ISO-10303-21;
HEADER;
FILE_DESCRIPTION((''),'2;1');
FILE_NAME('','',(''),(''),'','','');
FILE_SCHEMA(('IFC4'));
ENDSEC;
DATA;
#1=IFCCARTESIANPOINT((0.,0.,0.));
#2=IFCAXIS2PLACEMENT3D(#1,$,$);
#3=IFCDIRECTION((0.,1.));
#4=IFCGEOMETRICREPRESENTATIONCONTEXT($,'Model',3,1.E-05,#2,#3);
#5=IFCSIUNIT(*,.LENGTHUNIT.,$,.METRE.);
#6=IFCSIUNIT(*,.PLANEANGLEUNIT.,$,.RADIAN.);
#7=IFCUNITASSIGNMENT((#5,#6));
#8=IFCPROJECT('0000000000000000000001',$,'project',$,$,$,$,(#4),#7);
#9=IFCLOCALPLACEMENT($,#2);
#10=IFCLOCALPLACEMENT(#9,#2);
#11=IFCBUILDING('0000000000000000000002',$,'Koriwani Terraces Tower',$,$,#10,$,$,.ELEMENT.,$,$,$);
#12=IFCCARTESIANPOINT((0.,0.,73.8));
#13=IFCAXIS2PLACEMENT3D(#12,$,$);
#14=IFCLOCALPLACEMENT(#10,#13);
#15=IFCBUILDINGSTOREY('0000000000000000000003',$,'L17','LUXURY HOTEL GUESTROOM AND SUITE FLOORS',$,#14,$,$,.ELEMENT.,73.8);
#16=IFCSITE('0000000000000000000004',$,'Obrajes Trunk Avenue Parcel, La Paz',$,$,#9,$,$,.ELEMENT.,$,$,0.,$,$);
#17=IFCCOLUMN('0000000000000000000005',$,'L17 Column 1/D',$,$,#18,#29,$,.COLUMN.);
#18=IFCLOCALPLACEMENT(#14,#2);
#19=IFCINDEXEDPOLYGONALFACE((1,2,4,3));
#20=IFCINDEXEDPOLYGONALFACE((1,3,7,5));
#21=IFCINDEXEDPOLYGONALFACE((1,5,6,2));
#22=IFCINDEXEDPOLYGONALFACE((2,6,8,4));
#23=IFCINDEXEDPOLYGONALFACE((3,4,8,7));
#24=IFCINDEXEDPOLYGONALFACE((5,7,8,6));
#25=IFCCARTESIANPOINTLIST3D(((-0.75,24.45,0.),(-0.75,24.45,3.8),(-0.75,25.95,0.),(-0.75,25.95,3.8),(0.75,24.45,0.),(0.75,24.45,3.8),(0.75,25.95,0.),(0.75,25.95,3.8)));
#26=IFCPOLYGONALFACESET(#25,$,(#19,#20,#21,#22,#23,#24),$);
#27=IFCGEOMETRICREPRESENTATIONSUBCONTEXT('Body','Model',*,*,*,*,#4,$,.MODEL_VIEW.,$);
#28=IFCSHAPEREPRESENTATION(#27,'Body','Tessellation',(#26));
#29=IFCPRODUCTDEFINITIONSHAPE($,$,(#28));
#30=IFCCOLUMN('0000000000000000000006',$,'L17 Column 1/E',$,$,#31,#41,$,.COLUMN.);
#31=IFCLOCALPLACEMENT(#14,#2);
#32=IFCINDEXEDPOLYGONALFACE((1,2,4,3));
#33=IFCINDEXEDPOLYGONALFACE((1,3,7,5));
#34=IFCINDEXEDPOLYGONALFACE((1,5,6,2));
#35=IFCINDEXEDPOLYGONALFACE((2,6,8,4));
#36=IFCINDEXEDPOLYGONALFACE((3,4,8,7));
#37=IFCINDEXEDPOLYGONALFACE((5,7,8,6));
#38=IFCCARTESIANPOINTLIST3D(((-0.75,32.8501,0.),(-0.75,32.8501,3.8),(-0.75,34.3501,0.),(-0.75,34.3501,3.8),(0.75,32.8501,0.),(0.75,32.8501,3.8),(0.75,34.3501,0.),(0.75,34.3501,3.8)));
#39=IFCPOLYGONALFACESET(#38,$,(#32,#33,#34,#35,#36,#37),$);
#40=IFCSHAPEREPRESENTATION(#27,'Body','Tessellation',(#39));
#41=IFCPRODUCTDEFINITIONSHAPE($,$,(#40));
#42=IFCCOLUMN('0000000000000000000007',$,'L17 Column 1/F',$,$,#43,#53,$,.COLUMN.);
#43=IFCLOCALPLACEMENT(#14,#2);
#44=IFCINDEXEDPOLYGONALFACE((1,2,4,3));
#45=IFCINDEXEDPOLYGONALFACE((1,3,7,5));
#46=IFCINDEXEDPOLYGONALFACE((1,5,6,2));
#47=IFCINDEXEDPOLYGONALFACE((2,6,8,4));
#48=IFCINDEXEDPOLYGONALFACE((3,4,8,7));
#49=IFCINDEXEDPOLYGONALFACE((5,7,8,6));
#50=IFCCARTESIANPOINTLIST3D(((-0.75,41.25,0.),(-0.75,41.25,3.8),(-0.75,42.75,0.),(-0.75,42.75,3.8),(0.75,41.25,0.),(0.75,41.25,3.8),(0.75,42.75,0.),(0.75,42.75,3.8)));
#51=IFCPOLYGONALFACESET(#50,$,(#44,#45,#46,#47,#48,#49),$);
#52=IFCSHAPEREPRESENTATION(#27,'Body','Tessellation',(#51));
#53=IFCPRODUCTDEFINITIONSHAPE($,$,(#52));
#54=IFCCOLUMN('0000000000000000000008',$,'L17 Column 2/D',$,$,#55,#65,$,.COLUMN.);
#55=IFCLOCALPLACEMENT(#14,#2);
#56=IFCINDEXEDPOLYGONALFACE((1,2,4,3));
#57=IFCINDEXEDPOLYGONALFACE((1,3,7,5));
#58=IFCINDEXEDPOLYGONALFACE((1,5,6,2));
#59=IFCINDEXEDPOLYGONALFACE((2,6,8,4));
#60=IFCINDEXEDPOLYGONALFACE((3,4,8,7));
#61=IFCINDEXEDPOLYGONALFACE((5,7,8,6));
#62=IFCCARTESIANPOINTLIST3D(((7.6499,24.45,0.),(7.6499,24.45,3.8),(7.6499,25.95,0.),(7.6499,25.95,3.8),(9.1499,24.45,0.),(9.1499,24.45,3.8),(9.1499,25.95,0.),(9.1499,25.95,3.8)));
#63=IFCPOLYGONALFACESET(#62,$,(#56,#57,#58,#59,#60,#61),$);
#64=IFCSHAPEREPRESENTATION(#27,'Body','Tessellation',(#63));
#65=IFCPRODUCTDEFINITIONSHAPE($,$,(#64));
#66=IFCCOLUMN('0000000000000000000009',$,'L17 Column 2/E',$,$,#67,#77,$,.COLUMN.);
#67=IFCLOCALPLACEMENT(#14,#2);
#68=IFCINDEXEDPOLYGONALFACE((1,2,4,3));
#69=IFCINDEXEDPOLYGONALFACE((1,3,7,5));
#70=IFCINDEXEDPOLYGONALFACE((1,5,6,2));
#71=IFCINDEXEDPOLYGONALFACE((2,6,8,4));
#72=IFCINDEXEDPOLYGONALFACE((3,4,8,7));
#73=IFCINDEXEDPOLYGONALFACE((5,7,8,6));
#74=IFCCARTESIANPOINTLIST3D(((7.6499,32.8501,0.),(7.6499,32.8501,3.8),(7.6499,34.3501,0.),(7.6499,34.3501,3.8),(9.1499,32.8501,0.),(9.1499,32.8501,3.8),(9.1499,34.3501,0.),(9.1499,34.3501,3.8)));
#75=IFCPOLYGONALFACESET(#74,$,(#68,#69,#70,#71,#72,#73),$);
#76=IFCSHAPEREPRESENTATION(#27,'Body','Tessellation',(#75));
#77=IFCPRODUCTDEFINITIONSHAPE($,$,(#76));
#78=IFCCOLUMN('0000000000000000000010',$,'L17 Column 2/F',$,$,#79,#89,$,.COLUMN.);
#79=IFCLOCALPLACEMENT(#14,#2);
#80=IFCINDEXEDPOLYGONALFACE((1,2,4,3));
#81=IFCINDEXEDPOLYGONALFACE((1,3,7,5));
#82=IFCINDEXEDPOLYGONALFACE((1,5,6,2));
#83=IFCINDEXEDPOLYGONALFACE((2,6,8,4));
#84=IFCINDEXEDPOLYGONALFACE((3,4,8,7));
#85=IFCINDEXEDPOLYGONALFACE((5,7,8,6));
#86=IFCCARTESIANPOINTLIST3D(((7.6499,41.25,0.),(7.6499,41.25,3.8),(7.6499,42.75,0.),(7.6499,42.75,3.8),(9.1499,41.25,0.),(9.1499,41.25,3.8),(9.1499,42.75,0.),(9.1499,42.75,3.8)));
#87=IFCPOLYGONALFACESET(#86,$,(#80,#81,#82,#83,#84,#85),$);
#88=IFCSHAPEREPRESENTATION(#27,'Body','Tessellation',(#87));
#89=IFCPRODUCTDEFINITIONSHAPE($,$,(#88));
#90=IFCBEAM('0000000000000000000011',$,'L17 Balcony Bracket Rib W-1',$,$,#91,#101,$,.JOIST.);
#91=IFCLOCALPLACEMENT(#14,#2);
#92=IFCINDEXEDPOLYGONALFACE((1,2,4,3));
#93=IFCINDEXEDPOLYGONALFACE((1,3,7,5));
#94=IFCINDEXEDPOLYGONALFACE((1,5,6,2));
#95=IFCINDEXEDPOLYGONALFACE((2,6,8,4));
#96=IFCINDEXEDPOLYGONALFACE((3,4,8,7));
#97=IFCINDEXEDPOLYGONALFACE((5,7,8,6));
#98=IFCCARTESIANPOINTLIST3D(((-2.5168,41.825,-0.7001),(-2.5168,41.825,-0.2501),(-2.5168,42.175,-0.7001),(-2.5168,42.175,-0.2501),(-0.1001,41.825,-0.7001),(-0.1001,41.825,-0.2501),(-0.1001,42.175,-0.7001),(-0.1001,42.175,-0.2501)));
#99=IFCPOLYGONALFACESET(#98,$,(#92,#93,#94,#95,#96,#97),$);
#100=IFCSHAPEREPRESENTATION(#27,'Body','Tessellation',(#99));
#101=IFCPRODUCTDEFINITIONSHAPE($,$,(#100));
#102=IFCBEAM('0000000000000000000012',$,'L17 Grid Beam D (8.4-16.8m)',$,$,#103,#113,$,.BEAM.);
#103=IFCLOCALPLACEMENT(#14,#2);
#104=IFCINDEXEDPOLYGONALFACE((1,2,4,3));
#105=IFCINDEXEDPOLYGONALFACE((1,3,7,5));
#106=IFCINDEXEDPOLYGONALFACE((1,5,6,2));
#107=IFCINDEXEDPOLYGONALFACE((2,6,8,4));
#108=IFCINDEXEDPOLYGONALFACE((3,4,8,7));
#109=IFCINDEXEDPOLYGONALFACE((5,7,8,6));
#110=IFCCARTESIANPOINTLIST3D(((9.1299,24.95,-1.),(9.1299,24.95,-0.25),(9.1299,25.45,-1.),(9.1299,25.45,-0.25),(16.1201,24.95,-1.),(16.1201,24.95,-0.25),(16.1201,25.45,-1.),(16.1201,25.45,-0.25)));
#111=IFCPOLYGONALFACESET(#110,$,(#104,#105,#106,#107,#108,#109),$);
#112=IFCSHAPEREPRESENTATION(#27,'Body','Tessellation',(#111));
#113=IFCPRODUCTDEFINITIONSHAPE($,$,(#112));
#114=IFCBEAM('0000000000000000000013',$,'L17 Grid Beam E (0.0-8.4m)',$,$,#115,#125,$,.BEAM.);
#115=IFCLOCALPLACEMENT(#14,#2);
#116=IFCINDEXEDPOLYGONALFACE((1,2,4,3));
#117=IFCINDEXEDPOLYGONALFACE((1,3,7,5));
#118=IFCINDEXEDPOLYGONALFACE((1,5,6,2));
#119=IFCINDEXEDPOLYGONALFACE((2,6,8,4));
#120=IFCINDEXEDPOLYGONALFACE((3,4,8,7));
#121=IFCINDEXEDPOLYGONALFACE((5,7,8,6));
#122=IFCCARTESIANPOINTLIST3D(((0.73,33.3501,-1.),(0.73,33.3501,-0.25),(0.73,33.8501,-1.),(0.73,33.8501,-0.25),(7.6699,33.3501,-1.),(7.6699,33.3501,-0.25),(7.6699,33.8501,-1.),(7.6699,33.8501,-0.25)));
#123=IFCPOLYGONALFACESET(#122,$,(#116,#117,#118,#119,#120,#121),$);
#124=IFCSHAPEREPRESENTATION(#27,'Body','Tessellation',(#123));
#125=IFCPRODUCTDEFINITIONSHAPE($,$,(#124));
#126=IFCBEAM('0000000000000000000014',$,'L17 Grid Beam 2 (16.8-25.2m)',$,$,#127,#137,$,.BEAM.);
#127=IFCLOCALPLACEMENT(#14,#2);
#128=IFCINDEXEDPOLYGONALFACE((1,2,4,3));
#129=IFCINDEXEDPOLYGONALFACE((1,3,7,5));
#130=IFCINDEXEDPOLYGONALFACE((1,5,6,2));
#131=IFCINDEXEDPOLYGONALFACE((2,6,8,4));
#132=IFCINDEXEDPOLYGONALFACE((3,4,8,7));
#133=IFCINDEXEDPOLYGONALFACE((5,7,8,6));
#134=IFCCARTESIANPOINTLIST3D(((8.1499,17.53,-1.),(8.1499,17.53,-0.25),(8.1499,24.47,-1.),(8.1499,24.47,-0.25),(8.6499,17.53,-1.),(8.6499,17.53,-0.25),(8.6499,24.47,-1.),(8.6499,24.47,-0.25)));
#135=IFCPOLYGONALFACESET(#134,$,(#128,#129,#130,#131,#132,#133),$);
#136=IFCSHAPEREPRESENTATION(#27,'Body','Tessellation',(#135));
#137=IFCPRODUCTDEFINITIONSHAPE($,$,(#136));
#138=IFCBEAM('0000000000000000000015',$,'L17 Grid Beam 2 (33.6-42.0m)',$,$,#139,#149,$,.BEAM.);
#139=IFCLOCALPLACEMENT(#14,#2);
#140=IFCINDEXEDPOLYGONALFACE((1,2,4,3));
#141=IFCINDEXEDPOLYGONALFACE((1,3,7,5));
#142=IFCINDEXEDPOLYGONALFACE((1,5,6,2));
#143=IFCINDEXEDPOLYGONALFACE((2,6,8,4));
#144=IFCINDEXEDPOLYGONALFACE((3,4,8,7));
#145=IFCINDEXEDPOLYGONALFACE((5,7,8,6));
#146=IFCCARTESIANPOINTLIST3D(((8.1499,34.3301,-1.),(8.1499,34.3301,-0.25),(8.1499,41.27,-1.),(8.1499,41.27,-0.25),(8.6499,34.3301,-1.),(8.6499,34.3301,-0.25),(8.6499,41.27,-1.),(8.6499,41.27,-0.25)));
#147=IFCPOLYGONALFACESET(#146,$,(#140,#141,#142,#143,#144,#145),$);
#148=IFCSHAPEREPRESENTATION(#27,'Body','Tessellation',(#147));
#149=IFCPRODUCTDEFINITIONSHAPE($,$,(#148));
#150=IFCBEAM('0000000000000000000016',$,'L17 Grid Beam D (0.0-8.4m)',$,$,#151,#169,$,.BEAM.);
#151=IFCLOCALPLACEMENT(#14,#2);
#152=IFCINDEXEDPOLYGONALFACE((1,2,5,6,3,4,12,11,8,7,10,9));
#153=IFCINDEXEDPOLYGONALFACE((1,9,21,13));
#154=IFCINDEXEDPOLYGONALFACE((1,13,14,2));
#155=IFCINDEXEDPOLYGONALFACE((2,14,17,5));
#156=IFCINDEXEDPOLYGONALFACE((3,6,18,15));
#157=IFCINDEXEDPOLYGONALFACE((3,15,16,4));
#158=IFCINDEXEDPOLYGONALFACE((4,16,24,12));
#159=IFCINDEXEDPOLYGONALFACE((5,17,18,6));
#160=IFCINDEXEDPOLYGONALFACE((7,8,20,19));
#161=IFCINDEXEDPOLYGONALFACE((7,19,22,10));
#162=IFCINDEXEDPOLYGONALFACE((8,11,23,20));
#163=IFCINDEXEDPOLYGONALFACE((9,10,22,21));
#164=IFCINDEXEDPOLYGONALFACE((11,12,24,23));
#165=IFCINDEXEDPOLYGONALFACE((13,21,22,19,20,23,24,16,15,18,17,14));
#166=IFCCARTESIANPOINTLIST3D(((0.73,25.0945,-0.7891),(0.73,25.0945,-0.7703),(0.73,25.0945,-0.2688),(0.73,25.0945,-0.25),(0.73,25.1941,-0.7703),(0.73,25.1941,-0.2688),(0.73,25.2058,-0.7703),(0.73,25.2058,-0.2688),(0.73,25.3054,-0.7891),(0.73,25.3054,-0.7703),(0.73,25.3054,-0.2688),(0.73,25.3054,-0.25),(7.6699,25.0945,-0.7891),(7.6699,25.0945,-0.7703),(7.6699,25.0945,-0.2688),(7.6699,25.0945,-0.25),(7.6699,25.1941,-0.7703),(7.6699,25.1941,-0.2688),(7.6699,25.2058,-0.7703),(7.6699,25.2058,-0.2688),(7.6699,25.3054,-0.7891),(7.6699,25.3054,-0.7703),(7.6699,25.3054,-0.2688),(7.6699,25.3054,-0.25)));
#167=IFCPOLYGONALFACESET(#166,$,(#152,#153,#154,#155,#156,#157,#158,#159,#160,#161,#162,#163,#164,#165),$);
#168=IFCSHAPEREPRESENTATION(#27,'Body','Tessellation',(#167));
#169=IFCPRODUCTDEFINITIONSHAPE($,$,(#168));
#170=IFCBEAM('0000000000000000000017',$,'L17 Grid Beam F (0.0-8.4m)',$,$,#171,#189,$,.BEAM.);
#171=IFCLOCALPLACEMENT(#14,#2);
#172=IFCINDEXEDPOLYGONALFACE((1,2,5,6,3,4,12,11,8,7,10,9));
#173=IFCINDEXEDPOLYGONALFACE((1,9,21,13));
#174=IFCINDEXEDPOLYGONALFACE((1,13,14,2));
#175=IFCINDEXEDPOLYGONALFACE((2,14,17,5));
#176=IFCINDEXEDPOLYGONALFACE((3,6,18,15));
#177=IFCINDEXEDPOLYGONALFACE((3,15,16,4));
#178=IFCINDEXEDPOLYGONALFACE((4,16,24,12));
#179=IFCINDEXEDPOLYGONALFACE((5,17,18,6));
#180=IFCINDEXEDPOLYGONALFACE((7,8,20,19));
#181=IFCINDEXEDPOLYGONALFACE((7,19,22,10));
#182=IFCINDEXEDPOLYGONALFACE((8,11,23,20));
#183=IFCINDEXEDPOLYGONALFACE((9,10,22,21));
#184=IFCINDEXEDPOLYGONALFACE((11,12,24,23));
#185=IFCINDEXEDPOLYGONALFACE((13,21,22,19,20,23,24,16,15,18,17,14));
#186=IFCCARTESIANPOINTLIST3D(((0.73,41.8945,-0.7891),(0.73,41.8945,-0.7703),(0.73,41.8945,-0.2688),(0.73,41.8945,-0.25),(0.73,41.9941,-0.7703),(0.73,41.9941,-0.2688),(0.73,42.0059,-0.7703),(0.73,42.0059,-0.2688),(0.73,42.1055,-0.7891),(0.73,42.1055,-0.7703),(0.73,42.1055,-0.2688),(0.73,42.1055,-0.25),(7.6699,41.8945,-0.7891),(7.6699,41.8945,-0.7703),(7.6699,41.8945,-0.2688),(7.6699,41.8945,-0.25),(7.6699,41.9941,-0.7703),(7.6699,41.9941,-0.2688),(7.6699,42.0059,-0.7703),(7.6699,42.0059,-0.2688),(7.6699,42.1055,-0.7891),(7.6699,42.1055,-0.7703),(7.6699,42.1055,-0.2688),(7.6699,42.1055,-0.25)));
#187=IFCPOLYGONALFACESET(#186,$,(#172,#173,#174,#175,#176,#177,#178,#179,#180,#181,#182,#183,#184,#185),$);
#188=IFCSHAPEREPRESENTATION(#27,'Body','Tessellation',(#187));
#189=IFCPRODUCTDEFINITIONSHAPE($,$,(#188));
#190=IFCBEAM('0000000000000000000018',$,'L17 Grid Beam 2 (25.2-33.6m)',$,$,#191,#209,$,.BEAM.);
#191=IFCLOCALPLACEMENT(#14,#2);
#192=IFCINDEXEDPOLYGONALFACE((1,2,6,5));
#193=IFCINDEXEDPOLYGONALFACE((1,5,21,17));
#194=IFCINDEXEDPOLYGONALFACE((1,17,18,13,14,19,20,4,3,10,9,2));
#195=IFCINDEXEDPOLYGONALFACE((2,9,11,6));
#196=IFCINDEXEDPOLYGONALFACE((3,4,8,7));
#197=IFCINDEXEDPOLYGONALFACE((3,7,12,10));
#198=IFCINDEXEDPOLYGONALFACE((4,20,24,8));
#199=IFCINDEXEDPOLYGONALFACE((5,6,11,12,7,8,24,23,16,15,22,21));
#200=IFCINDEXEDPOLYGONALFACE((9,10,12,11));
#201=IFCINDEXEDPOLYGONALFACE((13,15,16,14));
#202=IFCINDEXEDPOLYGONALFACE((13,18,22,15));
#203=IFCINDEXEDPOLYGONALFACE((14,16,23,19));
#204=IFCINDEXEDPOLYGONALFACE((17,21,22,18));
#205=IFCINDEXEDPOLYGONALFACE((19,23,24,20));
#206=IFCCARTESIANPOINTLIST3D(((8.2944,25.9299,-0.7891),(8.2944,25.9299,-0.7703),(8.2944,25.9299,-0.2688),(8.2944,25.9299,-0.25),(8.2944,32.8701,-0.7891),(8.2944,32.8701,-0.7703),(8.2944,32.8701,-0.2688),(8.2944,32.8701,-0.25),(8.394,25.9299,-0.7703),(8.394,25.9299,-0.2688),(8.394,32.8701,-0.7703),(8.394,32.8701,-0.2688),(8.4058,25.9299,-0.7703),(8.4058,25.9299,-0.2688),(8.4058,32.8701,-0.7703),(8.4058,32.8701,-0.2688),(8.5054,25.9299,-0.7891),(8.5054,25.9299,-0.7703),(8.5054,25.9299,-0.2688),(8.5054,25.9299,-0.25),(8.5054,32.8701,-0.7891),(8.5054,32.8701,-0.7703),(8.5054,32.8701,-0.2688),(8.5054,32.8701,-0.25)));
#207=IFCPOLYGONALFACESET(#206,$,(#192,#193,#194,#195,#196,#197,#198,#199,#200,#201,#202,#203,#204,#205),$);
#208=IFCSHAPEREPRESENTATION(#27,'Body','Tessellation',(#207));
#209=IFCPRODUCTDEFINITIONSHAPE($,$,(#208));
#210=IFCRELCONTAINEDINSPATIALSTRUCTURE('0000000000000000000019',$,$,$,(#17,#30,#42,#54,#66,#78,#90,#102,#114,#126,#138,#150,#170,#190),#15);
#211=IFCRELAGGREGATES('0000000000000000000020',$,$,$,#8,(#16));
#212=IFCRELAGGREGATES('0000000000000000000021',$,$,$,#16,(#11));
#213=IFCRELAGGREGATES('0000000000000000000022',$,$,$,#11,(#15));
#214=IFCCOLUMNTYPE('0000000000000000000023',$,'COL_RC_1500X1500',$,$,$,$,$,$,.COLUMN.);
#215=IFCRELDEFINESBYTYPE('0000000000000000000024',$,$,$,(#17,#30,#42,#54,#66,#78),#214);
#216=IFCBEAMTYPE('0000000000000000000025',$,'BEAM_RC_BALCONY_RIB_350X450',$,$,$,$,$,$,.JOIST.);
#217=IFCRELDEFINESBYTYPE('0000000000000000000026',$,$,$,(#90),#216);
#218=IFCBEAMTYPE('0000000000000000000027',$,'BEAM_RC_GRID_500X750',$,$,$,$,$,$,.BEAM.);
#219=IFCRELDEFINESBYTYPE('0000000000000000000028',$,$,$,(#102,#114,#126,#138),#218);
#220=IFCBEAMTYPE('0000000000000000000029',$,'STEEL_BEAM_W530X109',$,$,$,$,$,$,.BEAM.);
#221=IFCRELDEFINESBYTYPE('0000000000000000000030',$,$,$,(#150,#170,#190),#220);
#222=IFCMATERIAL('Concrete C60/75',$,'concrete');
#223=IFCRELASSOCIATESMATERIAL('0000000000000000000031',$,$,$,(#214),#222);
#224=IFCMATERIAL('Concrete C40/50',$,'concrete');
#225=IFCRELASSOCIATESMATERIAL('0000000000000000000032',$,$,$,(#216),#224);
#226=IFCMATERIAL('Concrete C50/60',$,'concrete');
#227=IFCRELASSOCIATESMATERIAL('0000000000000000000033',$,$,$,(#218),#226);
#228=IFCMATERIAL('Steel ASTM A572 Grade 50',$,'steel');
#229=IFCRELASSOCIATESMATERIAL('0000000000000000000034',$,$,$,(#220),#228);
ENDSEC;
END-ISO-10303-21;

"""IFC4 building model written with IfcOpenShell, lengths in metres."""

from ifc_helpers import new_model, si_unit, direction, frame, origin, origin_2d, place, context, subcontext, project, spatial, rectangle, i_section, extrude, material, material_profile, profile_set, type_object, element, save


model = new_model("IFC4")

# Units and contexts
model_context = context("Model", 3, precision=1e-05, world=origin(), true_north=direction((0.0, 1.0)))
body_context = subcontext(model_context, "Body", "Model", "MODEL_VIEW")
ifc_project = project(units=[si_unit("LENGTHUNIT", "METRE"), si_unit("PLANEANGLEUNIT", "RADIAN")], contexts=[model_context])

# Site, building, storey
site_placement = place(None, origin())
site = spatial("IfcSite", under=ifc_project, at=site_placement, Name="Obrajes Trunk Avenue Parcel, La Paz", CompositionType="ELEMENT", RefElevation=0.0)
building_placement = place(site_placement, origin())
building = spatial("IfcBuilding", under=site, at=building_placement, Name="Koriwani Terraces Tower", CompositionType="ELEMENT")
storey_placement = place(building_placement, frame((0.0, 0.0, 73.8)))
storey = spatial("IfcBuildingStorey", under=building, at=storey_placement, Name="L17", Description="LUXURY HOTEL GUESTROOM AND SUITE FLOORS", CompositionType="ELEMENT", Elevation=73.8)

# Columns
ifc_material_1 = material(Name="Concrete C60/75", Category="concrete")
ifc_material_profile_1 = material_profile(ifc_material_1, rectangle(XDim=1.5, YDim=1.5, at=origin_2d()), Name="Concrete C60/75", Category="LoadBearing")
ifc_profile_set_1 = profile_set([ifc_material_profile_1], Name="Concrete C60/75")
column_type = type_object("IfcColumnType", Name="COL_RC_1500X1500", PredefinedType="COLUMN", material=ifc_profile_set_1)
for number, where, z_axis, x_axis, name in (
    (1, (0.0, 25.2, 0.0), (0.0, 0.0, 1.0), (1.0, 0.0, 0.0), "L17 Column 1/D"),
    (2, (0.0, 33.6001, 0.0), (0.0, 0.0, 1.0), (1.0, 0.0, 0.0), "L17 Column 1/E"),
    (3, (0.0, 42.0, 0.0), (0.0, 0.0, 1.0), (1.0, 0.0, 0.0), "L17 Column 1/F"),
    (4, (8.3999, 25.2, 0.0), (0.0, 0.0, 1.0), (1.0, 0.0, 0.0), "L17 Column 2/D"),
    (5, (8.3999, 33.6001, 0.0), (0.0, 0.0, 1.0), (1.0, 0.0, 0.0), "L17 Column 2/E"),
    (6, (8.3999, 42.0, 0.0), (0.0, 0.0, 1.0), (1.0, 0.0, 0.0), "L17 Column 2/F"),
):
    element("IfcColumn", number, at=place(storey_placement, frame(where, z_axis=z_axis, x_axis=x_axis)), inside=storey, type_object=column_type, Name=name, PredefinedType="COLUMN", context=body_context, shape_type="SweptSolid", body=[
        extrude(rectangle(XDim=1.5, YDim=1.5, at=origin_2d()), origin(), (0.0, 0.0, 1.0), 3.8),
    ])

# Beams
ifc_material_2 = material(Name="Concrete C40/50", Category="concrete")
ifc_material_profile_2 = material_profile(ifc_material_2, rectangle(XDim=0.3501, YDim=0.45, at=origin_2d()), Name="Concrete C40/50", Category="LoadBearing")
ifc_profile_set_2 = profile_set([ifc_material_profile_2], Name="Concrete C40/50")
beam_type_1 = type_object("IfcBeamType", Name="BEAM_RC_BALCONY_RIB_350X450", PredefinedType="JOIST", material=ifc_profile_set_2)
beam_1_placement = place(storey_placement, frame((-2.5168, 42.0, -0.4751), z_axis=(1.0, 0.0, 0.0), x_axis=(0.0, 1.0, 0.0)))
element("IfcBeam", 7, at=beam_1_placement, inside=storey, type_object=beam_type_1, Name="L17 Balcony Bracket Rib W-1", PredefinedType="JOIST", context=body_context, shape_type="SweptSolid", body=[
    extrude(rectangle(XDim=0.3501, YDim=0.45, at=origin_2d()), origin(), (0.0, 0.0, 1.0), 2.4167),
])
ifc_material_3 = material(Name="Concrete C50/60", Category="concrete")
ifc_material_profile_3 = material_profile(ifc_material_3, rectangle(XDim=0.5, YDim=0.75, at=origin_2d()), Name="Concrete C50/60", Category="LoadBearing")
ifc_profile_set_3 = profile_set([ifc_material_profile_3], Name="Concrete C50/60")
beam_type_2 = type_object("IfcBeamType", Name="BEAM_RC_GRID_500X750", PredefinedType="BEAM", material=ifc_profile_set_3)
beam_2_placement = place(storey_placement, frame((9.1299, 25.2, -0.625), z_axis=(1.0, 0.0, 0.0), x_axis=(0.0, 1.0, 0.0)))
element("IfcBeam", 8, at=beam_2_placement, inside=storey, type_object=beam_type_2, Name="L17 Grid Beam D (8.4-16.8m)", PredefinedType="BEAM", context=body_context, shape_type="SweptSolid", body=[
    extrude(rectangle(XDim=0.5, YDim=0.75, at=origin_2d()), origin(), (0.0, 0.0, 1.0), 6.9902),
])
for number, where, z_axis, x_axis, name in (
    (9, (0.73, 33.6001, -0.625), (1.0, 0.0, 0.0), (0.0, 1.0, 0.0), "L17 Grid Beam E (0.0-8.4m)"),
    (10, (8.3999, 17.53, -0.625), (0.0, 1.0, 0.0), (-1.0, 0.0, 0.0), "L17 Grid Beam 2 (16.8-25.2m)"),
    (11, (8.3999, 34.3301, -0.625), (0.0, 1.0, 0.0), (-1.0, 0.0, 0.0), "L17 Grid Beam 2 (33.6-42.0m)"),
):
    element("IfcBeam", number, at=place(storey_placement, frame(where, z_axis=z_axis, x_axis=x_axis)), inside=storey, type_object=beam_type_2, Name=name, PredefinedType="BEAM", context=body_context, shape_type="SweptSolid", body=[
        extrude(rectangle(XDim=0.5, YDim=0.75, at=origin_2d()), origin(), (0.0, 0.0, 1.0), 6.9399),
    ])
ifc_material_4 = material(Name="Steel ASTM A572 Grade 50", Category="steel")
ifc_material_profile_4 = material_profile(ifc_material_4, i_section(OverallWidth=0.2109, OverallDepth=0.5391, WebThickness=0.0117, FlangeThickness=0.0188, at=origin_2d()), Name="Steel ASTM A572 Grade 50", Category="LoadBearing")
ifc_profile_set_4 = profile_set([ifc_material_profile_4], Name="Steel ASTM A572 Grade 50")
beam_type_3 = type_object("IfcBeamType", Name="STEEL_BEAM_W530X109", PredefinedType="BEAM", material=ifc_profile_set_4)
for number, where, z_axis, x_axis, name in (
    (12, (0.73, 25.2, -0.5195), (1.0, 0.0, 0.0), (0.0, 1.0, 0.0), "L17 Grid Beam D (0.0-8.4m)"),
    (13, (0.73, 42.0, -0.5195), (1.0, 0.0, 0.0), (0.0, 1.0, 0.0), "L17 Grid Beam F (0.0-8.4m)"),
):
    element("IfcBeam", number, at=place(storey_placement, frame(where, z_axis=z_axis, x_axis=x_axis)), inside=storey, type_object=beam_type_3, Name=name, PredefinedType="BEAM", context=body_context, shape_type="SweptSolid", body=[
        extrude(i_section(OverallWidth=0.2109, OverallDepth=0.5391, WebThickness=0.0117, FlangeThickness=0.0188, at=origin_2d()), origin(), (0.0, 0.0, 1.0), 6.9399),
    ])
beam_3_placement = place(storey_placement, frame((8.3999, 25.9299, -0.5195), z_axis=(0.0, 1.0, 0.0), x_axis=(-1.0, 0.0, 0.0)))
element("IfcBeam", 14, at=beam_3_placement, inside=storey, type_object=beam_type_3, Name="L17 Grid Beam 2 (25.2-33.6m)", PredefinedType="BEAM", context=body_context, shape_type="SweptSolid", body=[
    extrude(i_section(OverallWidth=0.2109, OverallDepth=0.5391, WebThickness=0.0117, FlangeThickness=0.0188, at=origin_2d()), origin(), (0.0, 0.0, 1.0), 6.9402),
])

save(model, "model.ifc")
